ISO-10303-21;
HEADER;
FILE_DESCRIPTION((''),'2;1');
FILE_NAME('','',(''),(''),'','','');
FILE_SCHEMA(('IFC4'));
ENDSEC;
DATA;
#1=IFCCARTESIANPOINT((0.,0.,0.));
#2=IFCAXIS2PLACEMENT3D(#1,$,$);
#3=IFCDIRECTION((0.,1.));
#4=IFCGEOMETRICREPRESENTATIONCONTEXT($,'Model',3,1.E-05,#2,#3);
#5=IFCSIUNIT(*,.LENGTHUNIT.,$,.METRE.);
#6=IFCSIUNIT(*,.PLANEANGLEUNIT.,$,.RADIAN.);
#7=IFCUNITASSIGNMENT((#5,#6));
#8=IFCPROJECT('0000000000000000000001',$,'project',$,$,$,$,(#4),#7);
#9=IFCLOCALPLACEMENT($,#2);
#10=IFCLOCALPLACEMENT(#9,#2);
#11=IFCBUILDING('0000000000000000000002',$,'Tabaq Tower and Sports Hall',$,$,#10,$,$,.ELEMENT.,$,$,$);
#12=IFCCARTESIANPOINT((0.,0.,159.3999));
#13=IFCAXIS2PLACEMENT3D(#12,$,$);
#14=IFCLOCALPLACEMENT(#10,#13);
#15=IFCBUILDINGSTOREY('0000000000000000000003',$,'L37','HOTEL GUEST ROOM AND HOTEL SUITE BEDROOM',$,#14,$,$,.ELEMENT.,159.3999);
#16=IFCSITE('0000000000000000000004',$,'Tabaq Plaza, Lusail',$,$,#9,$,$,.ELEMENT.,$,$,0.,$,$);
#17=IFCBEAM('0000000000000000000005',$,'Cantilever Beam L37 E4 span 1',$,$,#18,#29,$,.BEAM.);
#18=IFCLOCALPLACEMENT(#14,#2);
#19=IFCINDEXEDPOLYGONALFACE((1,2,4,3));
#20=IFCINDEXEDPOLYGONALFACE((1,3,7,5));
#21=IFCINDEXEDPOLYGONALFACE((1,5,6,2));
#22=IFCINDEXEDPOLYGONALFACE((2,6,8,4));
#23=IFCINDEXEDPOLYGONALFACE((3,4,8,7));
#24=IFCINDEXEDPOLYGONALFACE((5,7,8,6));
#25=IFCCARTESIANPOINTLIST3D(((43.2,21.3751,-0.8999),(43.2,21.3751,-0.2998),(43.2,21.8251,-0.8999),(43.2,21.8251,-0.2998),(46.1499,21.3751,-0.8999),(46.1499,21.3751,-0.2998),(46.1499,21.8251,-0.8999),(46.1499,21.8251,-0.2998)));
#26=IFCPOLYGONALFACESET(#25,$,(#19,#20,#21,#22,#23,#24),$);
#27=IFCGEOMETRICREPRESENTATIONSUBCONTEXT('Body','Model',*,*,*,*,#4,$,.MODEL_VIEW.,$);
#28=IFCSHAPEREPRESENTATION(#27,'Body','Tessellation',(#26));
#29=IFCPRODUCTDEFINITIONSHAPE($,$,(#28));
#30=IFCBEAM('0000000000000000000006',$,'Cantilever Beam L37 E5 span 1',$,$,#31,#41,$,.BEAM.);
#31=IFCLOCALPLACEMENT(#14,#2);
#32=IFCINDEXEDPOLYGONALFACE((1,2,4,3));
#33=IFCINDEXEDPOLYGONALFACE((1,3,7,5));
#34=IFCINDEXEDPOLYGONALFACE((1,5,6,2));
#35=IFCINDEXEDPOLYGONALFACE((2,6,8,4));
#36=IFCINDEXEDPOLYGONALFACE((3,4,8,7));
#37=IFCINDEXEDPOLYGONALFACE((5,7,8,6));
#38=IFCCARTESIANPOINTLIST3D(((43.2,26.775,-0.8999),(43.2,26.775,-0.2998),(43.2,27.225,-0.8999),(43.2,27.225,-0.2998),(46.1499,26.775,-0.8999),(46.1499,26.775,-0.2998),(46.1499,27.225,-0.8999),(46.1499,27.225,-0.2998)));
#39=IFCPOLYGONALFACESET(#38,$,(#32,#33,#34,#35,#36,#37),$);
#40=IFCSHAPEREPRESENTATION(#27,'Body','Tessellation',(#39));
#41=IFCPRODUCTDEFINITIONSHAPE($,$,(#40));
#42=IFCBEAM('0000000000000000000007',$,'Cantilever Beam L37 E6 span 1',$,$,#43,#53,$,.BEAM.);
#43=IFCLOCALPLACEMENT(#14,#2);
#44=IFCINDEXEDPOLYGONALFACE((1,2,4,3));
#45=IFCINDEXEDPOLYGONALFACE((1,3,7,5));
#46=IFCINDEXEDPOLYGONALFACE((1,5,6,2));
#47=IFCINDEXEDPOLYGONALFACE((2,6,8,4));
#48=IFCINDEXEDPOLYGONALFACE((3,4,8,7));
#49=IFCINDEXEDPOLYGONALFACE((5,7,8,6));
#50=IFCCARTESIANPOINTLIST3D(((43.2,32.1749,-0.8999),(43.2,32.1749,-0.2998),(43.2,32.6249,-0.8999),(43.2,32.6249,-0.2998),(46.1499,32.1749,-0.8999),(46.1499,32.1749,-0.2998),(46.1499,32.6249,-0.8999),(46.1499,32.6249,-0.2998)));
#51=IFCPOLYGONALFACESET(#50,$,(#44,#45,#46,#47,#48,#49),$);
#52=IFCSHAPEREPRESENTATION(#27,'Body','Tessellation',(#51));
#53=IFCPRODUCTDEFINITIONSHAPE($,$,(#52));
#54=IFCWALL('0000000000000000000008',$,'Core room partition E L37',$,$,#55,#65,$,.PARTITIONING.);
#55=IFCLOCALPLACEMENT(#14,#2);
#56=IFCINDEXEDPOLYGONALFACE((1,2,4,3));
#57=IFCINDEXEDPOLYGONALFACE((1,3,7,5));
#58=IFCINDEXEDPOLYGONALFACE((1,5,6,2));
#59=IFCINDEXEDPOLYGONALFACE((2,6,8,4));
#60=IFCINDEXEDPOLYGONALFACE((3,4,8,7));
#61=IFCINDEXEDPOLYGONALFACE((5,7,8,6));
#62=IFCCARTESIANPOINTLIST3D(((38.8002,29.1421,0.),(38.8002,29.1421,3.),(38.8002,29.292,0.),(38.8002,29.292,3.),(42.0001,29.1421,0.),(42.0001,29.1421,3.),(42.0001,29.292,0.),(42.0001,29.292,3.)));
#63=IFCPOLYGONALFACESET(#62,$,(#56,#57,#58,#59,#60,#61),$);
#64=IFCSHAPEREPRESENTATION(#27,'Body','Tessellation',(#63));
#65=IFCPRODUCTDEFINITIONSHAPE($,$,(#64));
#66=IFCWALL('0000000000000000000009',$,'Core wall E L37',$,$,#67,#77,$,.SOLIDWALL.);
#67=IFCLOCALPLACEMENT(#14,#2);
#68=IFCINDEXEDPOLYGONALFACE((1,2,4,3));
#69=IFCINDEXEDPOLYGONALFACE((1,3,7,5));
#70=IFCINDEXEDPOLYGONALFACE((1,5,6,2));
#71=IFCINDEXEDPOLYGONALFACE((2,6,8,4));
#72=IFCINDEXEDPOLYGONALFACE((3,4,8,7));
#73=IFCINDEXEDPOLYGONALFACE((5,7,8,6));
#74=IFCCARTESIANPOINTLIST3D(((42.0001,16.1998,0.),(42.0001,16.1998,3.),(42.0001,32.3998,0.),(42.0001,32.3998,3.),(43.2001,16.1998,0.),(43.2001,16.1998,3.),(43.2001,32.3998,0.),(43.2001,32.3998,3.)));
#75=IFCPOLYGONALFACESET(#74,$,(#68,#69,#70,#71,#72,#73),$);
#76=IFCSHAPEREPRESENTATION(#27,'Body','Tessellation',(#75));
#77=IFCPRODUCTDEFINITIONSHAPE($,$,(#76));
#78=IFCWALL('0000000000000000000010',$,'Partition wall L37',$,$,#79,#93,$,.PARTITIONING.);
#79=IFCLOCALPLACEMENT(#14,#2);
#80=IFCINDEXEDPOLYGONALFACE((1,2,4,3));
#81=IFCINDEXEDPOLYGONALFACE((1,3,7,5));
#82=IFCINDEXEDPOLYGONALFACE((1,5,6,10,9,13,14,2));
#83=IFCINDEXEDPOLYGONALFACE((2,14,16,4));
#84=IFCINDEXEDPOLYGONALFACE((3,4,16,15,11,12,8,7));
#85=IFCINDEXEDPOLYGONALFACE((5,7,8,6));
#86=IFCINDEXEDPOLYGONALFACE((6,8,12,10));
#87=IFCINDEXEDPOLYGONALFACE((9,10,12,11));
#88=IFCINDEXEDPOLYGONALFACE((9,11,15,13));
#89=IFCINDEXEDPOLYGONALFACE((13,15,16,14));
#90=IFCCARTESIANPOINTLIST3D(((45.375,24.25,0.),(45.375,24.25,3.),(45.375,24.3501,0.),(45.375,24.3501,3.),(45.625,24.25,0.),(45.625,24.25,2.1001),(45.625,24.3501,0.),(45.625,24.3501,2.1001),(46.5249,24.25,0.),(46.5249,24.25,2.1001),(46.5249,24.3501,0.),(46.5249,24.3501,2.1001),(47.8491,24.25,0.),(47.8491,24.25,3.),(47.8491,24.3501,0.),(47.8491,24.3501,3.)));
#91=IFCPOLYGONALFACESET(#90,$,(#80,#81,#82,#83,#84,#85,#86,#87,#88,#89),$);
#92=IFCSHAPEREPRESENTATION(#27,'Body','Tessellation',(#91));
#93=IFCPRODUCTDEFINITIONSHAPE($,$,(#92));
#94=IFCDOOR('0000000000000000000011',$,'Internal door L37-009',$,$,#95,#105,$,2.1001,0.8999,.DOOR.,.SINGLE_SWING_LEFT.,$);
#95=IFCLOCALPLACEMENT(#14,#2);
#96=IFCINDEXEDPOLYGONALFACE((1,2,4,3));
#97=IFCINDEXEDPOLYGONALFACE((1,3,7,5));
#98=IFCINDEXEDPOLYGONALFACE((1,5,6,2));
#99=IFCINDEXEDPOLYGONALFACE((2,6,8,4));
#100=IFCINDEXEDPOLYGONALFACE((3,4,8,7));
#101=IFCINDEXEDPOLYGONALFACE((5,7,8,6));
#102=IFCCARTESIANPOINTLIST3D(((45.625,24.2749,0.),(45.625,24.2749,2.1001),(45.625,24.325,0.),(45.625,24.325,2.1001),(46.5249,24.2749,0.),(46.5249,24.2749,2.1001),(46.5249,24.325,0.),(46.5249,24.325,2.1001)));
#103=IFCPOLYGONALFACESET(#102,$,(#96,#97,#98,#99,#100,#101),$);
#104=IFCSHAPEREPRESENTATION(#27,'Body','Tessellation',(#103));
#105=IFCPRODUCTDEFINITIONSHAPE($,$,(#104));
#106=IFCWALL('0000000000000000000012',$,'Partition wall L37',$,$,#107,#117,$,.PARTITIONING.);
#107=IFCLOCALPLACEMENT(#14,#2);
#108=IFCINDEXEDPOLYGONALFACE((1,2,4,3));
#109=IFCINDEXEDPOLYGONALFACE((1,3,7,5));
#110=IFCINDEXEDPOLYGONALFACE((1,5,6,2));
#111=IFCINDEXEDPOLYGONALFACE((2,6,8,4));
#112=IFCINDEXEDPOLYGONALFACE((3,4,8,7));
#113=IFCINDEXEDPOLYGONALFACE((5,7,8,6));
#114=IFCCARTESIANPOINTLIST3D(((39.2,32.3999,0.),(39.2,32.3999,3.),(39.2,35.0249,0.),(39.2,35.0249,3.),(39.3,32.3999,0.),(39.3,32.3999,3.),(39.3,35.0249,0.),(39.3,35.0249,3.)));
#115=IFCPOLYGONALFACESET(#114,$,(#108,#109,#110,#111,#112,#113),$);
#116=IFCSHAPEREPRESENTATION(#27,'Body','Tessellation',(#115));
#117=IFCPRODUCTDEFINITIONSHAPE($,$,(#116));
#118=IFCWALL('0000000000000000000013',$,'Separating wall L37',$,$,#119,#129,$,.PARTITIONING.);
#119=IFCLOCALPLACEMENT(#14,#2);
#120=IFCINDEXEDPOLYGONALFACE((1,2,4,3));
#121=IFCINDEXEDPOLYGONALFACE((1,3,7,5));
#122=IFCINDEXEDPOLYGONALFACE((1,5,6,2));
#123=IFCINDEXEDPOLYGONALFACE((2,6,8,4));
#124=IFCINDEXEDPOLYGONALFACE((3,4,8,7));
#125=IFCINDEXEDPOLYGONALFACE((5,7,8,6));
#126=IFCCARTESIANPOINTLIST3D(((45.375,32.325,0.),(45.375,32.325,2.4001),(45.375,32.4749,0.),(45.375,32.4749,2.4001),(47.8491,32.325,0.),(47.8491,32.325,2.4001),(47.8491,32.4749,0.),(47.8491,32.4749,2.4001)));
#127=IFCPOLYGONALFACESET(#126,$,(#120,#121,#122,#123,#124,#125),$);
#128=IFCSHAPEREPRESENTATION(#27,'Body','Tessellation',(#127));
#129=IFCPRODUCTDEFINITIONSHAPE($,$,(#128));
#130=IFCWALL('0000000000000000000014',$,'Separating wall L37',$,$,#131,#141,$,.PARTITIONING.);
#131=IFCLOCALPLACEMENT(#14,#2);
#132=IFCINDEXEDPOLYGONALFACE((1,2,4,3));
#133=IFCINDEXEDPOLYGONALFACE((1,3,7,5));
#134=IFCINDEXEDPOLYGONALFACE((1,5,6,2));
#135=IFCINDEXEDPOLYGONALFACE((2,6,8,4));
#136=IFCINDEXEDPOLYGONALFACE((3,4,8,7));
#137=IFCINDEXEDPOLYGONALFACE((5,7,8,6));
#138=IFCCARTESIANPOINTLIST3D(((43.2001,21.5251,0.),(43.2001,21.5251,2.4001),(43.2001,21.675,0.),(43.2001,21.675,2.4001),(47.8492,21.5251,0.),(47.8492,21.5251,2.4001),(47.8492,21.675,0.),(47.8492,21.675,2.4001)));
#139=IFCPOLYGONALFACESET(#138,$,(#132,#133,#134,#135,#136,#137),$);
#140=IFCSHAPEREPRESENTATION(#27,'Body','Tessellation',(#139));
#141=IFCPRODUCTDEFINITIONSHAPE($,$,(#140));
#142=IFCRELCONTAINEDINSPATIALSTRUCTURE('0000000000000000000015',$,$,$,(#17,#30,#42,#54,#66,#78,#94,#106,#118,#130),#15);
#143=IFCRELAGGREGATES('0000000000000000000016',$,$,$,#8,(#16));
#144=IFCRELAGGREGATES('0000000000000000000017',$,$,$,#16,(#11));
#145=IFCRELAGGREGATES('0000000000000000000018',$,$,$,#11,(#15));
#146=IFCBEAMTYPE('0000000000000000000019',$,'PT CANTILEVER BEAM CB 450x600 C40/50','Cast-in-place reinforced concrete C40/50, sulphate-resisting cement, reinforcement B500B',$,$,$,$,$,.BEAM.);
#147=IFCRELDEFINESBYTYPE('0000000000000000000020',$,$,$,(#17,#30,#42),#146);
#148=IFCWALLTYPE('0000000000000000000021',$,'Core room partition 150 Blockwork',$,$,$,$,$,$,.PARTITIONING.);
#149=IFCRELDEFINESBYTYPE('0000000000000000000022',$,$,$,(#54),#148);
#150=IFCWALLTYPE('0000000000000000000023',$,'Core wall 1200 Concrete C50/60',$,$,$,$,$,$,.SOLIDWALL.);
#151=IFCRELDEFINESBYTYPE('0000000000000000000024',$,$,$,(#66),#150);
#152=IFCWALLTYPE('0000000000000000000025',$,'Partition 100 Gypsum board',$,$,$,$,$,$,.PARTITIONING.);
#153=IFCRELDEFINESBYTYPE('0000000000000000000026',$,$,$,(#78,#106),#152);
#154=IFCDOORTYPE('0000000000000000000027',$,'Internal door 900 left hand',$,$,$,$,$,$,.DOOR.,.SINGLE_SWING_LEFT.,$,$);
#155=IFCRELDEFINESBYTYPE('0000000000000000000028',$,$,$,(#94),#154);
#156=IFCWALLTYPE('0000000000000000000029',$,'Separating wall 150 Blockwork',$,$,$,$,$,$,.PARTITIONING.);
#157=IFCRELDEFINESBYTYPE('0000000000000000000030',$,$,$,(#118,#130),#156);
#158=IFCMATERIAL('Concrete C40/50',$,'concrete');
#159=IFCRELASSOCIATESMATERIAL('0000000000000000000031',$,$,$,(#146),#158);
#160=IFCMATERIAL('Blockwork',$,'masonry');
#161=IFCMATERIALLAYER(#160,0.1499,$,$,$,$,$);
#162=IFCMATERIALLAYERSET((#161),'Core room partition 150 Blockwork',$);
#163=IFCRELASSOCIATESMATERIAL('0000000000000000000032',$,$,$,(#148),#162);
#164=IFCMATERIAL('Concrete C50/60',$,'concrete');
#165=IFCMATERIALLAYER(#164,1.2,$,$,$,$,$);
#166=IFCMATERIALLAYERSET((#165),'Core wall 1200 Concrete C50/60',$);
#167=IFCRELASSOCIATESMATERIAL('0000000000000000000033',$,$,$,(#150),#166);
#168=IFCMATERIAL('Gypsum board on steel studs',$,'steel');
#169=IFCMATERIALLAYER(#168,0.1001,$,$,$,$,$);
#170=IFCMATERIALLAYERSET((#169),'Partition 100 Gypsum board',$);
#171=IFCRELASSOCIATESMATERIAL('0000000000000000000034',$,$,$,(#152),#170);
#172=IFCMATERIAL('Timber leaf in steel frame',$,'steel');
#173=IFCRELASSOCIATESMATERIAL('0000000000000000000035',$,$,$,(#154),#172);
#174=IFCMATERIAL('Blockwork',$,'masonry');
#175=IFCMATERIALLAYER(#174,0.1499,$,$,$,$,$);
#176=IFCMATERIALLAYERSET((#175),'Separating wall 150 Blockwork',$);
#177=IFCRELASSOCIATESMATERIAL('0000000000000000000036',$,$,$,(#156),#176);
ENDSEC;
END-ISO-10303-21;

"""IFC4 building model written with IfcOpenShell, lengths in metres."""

from ifc_helpers import new_model, si_unit, direction, frame, frame_2d, origin, origin_2d, place, context, subcontext, project, spatial, rectangle, extrude, material, layer, layer_set, material_profile, profile_set, type_object, element, fill, save


model = new_model("IFC4")

# Units and contexts
model_context = context("Model", 3, precision=1e-05, world=origin(), true_north=direction((0.0, 1.0)))
body_context = subcontext(model_context, "Body", "Model", "MODEL_VIEW")
ifc_project = project(units=[si_unit("LENGTHUNIT", "METRE"), si_unit("PLANEANGLEUNIT", "RADIAN")], contexts=[model_context])

# Site, building, storey
site_placement = place(None, origin())
site = spatial("IfcSite", under=ifc_project, at=site_placement, Name="Tabaq Plaza, Lusail", CompositionType="ELEMENT", RefElevation=0.0)
building_placement = place(site_placement, origin())
building = spatial("IfcBuilding", under=site, at=building_placement, Name="Tabaq Tower and Sports Hall", CompositionType="ELEMENT")
storey_placement = place(building_placement, frame((0.0, 0.0, 159.3999)))
storey = spatial("IfcBuildingStorey", under=building, at=storey_placement, Name="L37", Description="HOTEL GUEST ROOM AND HOTEL SUITE BEDROOM", CompositionType="ELEMENT", Elevation=159.3999)

# Beams
ifc_material_1 = material(Name="Concrete C40/50", Category="concrete")
ifc_material_profile = material_profile(ifc_material_1, rectangle(XDim=0.45, YDim=0.6001, at=origin_2d()), Name="CB 450x600")
ifc_profile_set = profile_set([ifc_material_profile], Name="Concrete C40/50")
beam_type = type_object("IfcBeamType", Name="PT CANTILEVER BEAM CB 450x600 C40/50", Description="Cast-in-place reinforced concrete C40/50, sulphate-resisting cement, reinforcement B500B", PredefinedType="BEAM", material=ifc_profile_set)
for number, where, z_axis, x_axis, name in (
    (1, (46.1499, 21.6001, -0.5999), (-1.0, 0.0, 0.0), (0.0, -1.0, 0.0), "Cantilever Beam L37 E4 span 1"),
    (2, (46.1499, 27.0, -0.5999), (-1.0, 0.0, 0.0), (0.0, -1.0, 0.0), "Cantilever Beam L37 E5 span 1"),
    (3, (46.1499, 32.3999, -0.5999), (-1.0, 0.0, 0.0), (0.0, -1.0, 0.0), "Cantilever Beam L37 E6 span 1"),
):
    element("IfcBeam", number, at=place(storey_placement, frame(where, z_axis=z_axis, x_axis=x_axis)), inside=storey, type_object=beam_type, Name=name, PredefinedType="BEAM", context=body_context, shape_type="SweptSolid", body=[
        extrude(rectangle(XDim=0.45, YDim=0.6001, at=origin_2d()), origin(), (0.0, 0.0, 1.0), 2.95),
    ])

# Walls
ifc_material_2 = material(Name="Blockwork", Category="masonry")
ifc_layer_1 = layer(ifc_material_2, 0.1499)
ifc_layer_set_1 = layer_set([ifc_layer_1], Name="Core room partition 150 Blockwork")
wall_type_1 = type_object("IfcWallType", Name="Core room partition 150 Blockwork", PredefinedType="PARTITIONING", material=ifc_layer_set_1)
wall_1_placement = place(storey_placement, frame((38.8, 29.217, 0.0), z_axis=(0.0, 0.0, 1.0), x_axis=(1.0, 0.0, 0.0)))
element("IfcWall", 4, at=wall_1_placement, inside=storey, type_object=wall_type_1, Name="Core room partition E L37", PredefinedType="PARTITIONING", context=body_context, shape_type="SweptSolid", body=[
    extrude(rectangle(XDim=3.2, YDim=0.1499, at=frame_2d((1.6001, 0.0))), origin(), (0.0, 0.0, 1.0), 3.0),
])
ifc_material_3 = material(Name="Concrete C50/60", Category="concrete")
ifc_layer_2 = layer(ifc_material_3, 1.2)
ifc_layer_set_2 = layer_set([ifc_layer_2], Name="Core wall 1200 Concrete C50/60")
wall_type_2 = type_object("IfcWallType", Name="Core wall 1200 Concrete C50/60", PredefinedType="SOLIDWALL", material=ifc_layer_set_2)
wall_2_placement = place(storey_placement, frame((42.6001, 32.3999, 0.0), z_axis=(0.0, 0.0, 1.0), x_axis=(0.0, -1.0, 0.0)))
element("IfcWall", 5, at=wall_2_placement, inside=storey, type_object=wall_type_2, Name="Core wall E L37", PredefinedType="SOLIDWALL", context=body_context, shape_type="SweptSolid", body=[
    extrude(rectangle(XDim=16.2, YDim=1.2, at=frame_2d((8.1001, 0.0))), origin(), (0.0, 0.0, 1.0), 3.0),
])

# Wall, opening, door
ifc_material_4 = material(Name="Gypsum board on steel studs", Category="steel")
ifc_layer_3 = layer(ifc_material_4, 0.1001)
ifc_layer_set_3 = layer_set([ifc_layer_3], Name="Partition 100 Gypsum board")
wall_type_3 = type_object("IfcWallType", Name="Partition 100 Gypsum board", PredefinedType="PARTITIONING", material=ifc_layer_set_3)
wall_3_placement = place(storey_placement, frame((45.375, 24.3, 0.0), z_axis=(0.0, 0.0, 1.0), x_axis=(1.0, 0.0, 0.0)))
wall_3 = element("IfcWall", 6, at=wall_3_placement, inside=storey, type_object=wall_type_3, Name="Partition wall L37", PredefinedType="PARTITIONING", context=body_context, shape_type="SweptSolid", body=[
    extrude(rectangle(XDim=2.4741, YDim=0.1001, at=frame_2d((1.2371, 0.0))), origin(), (0.0, 0.0, 1.0), 3.0),
])
opening_1_placement = place(wall_3_placement, frame((0.25, 0.0, 0.0)))
opening_1 = element("IfcOpeningElement", 7, at=opening_1_placement, cuts=wall_3, PredefinedType="OPENING", context=body_context, shape_type="SweptSolid", body=[
    extrude(rectangle(XDim=0.8999, YDim=2.1001, at=frame_2d((0.45, 1.05))), frame((0.0, 0.05, 0.0), z_axis=(0.0, -1.0, 0.0), x_axis=(1.0, 0.0, 0.0)), (0.0, 0.0, 1.0), 0.1001),
])
ifc_material_5 = material(Name="Timber leaf in steel frame", Category="steel")
door_type_1 = type_object("IfcDoorType", Name="Internal door 900 left hand", OperationType="SINGLE_SWING_LEFT", PredefinedType="DOOR", material=ifc_material_5)
door_1_placement = place(opening_1_placement, origin())
door_1 = element("IfcDoor", 8, at=door_1_placement, inside=storey, type_object=door_type_1, Name="Internal door L37-009", OperationType="SINGLE_SWING_LEFT", OverallHeight=2.1001, OverallWidth=0.8999, PredefinedType="DOOR", context=body_context, shape_type="SweptSolid", body=[
    extrude(rectangle(XDim=0.8999, YDim=2.1001, at=frame_2d((0.45, 1.05))), frame((0.0, 0.0249, 0.0), z_axis=(0.0, -1.0, 0.0), x_axis=(1.0, 0.0, 0.0)), (0.0, 0.0, 1.0), 0.05),
])
fill(opening_1, door_1)

# Walls
wall_4_placement = place(storey_placement, frame((39.25, 32.3999, 0.0), z_axis=(0.0, 0.0, 1.0), x_axis=(0.0, 1.0, 0.0)))
element("IfcWall", 9, at=wall_4_placement, inside=storey, type_object=wall_type_3, Name="Partition wall L37", PredefinedType="PARTITIONING", context=body_context, shape_type="SweptSolid", body=[
    extrude(rectangle(XDim=2.625, YDim=0.1001, at=frame_2d((1.3125, 0.0))), origin(), (0.0, 0.0, 1.0), 3.0),
])
ifc_material_6 = material(Name="Blockwork", Category="masonry")
ifc_layer_4 = layer(ifc_material_6, 0.1499)
ifc_layer_set_4 = layer_set([ifc_layer_4], Name="Separating wall 150 Blockwork")
wall_type_4 = type_object("IfcWallType", Name="Separating wall 150 Blockwork", PredefinedType="PARTITIONING", material=ifc_layer_set_4)
wall_5_placement = place(storey_placement, frame((45.375, 32.3999, 0.0), z_axis=(0.0, 0.0, 1.0), x_axis=(1.0, 0.0, 0.0)))
element("IfcWall", 10, at=wall_5_placement, inside=storey, type_object=wall_type_4, Name="Separating wall L37", PredefinedType="PARTITIONING", context=body_context, shape_type="SweptSolid", body=[
    extrude(rectangle(XDim=2.4741, YDim=0.1499, at=frame_2d((1.2371, 0.0))), origin(), (0.0, 0.0, 1.0), 2.4001),
])
wall_6_placement = place(storey_placement, frame((43.2, 21.6001, 0.0), z_axis=(0.0, 0.0, 1.0), x_axis=(1.0, 0.0, 0.0)))
element("IfcWall", 11, at=wall_6_placement, inside=storey, type_object=wall_type_4, Name="Separating wall L37", PredefinedType="PARTITIONING", context=body_context, shape_type="SweptSolid", body=[
    extrude(rectangle(XDim=4.6492, YDim=0.1499, at=frame_2d((2.3247, 0.0))), origin(), (0.0, 0.0, 1.0), 2.4001),
])

save(model, "model.ifc")
